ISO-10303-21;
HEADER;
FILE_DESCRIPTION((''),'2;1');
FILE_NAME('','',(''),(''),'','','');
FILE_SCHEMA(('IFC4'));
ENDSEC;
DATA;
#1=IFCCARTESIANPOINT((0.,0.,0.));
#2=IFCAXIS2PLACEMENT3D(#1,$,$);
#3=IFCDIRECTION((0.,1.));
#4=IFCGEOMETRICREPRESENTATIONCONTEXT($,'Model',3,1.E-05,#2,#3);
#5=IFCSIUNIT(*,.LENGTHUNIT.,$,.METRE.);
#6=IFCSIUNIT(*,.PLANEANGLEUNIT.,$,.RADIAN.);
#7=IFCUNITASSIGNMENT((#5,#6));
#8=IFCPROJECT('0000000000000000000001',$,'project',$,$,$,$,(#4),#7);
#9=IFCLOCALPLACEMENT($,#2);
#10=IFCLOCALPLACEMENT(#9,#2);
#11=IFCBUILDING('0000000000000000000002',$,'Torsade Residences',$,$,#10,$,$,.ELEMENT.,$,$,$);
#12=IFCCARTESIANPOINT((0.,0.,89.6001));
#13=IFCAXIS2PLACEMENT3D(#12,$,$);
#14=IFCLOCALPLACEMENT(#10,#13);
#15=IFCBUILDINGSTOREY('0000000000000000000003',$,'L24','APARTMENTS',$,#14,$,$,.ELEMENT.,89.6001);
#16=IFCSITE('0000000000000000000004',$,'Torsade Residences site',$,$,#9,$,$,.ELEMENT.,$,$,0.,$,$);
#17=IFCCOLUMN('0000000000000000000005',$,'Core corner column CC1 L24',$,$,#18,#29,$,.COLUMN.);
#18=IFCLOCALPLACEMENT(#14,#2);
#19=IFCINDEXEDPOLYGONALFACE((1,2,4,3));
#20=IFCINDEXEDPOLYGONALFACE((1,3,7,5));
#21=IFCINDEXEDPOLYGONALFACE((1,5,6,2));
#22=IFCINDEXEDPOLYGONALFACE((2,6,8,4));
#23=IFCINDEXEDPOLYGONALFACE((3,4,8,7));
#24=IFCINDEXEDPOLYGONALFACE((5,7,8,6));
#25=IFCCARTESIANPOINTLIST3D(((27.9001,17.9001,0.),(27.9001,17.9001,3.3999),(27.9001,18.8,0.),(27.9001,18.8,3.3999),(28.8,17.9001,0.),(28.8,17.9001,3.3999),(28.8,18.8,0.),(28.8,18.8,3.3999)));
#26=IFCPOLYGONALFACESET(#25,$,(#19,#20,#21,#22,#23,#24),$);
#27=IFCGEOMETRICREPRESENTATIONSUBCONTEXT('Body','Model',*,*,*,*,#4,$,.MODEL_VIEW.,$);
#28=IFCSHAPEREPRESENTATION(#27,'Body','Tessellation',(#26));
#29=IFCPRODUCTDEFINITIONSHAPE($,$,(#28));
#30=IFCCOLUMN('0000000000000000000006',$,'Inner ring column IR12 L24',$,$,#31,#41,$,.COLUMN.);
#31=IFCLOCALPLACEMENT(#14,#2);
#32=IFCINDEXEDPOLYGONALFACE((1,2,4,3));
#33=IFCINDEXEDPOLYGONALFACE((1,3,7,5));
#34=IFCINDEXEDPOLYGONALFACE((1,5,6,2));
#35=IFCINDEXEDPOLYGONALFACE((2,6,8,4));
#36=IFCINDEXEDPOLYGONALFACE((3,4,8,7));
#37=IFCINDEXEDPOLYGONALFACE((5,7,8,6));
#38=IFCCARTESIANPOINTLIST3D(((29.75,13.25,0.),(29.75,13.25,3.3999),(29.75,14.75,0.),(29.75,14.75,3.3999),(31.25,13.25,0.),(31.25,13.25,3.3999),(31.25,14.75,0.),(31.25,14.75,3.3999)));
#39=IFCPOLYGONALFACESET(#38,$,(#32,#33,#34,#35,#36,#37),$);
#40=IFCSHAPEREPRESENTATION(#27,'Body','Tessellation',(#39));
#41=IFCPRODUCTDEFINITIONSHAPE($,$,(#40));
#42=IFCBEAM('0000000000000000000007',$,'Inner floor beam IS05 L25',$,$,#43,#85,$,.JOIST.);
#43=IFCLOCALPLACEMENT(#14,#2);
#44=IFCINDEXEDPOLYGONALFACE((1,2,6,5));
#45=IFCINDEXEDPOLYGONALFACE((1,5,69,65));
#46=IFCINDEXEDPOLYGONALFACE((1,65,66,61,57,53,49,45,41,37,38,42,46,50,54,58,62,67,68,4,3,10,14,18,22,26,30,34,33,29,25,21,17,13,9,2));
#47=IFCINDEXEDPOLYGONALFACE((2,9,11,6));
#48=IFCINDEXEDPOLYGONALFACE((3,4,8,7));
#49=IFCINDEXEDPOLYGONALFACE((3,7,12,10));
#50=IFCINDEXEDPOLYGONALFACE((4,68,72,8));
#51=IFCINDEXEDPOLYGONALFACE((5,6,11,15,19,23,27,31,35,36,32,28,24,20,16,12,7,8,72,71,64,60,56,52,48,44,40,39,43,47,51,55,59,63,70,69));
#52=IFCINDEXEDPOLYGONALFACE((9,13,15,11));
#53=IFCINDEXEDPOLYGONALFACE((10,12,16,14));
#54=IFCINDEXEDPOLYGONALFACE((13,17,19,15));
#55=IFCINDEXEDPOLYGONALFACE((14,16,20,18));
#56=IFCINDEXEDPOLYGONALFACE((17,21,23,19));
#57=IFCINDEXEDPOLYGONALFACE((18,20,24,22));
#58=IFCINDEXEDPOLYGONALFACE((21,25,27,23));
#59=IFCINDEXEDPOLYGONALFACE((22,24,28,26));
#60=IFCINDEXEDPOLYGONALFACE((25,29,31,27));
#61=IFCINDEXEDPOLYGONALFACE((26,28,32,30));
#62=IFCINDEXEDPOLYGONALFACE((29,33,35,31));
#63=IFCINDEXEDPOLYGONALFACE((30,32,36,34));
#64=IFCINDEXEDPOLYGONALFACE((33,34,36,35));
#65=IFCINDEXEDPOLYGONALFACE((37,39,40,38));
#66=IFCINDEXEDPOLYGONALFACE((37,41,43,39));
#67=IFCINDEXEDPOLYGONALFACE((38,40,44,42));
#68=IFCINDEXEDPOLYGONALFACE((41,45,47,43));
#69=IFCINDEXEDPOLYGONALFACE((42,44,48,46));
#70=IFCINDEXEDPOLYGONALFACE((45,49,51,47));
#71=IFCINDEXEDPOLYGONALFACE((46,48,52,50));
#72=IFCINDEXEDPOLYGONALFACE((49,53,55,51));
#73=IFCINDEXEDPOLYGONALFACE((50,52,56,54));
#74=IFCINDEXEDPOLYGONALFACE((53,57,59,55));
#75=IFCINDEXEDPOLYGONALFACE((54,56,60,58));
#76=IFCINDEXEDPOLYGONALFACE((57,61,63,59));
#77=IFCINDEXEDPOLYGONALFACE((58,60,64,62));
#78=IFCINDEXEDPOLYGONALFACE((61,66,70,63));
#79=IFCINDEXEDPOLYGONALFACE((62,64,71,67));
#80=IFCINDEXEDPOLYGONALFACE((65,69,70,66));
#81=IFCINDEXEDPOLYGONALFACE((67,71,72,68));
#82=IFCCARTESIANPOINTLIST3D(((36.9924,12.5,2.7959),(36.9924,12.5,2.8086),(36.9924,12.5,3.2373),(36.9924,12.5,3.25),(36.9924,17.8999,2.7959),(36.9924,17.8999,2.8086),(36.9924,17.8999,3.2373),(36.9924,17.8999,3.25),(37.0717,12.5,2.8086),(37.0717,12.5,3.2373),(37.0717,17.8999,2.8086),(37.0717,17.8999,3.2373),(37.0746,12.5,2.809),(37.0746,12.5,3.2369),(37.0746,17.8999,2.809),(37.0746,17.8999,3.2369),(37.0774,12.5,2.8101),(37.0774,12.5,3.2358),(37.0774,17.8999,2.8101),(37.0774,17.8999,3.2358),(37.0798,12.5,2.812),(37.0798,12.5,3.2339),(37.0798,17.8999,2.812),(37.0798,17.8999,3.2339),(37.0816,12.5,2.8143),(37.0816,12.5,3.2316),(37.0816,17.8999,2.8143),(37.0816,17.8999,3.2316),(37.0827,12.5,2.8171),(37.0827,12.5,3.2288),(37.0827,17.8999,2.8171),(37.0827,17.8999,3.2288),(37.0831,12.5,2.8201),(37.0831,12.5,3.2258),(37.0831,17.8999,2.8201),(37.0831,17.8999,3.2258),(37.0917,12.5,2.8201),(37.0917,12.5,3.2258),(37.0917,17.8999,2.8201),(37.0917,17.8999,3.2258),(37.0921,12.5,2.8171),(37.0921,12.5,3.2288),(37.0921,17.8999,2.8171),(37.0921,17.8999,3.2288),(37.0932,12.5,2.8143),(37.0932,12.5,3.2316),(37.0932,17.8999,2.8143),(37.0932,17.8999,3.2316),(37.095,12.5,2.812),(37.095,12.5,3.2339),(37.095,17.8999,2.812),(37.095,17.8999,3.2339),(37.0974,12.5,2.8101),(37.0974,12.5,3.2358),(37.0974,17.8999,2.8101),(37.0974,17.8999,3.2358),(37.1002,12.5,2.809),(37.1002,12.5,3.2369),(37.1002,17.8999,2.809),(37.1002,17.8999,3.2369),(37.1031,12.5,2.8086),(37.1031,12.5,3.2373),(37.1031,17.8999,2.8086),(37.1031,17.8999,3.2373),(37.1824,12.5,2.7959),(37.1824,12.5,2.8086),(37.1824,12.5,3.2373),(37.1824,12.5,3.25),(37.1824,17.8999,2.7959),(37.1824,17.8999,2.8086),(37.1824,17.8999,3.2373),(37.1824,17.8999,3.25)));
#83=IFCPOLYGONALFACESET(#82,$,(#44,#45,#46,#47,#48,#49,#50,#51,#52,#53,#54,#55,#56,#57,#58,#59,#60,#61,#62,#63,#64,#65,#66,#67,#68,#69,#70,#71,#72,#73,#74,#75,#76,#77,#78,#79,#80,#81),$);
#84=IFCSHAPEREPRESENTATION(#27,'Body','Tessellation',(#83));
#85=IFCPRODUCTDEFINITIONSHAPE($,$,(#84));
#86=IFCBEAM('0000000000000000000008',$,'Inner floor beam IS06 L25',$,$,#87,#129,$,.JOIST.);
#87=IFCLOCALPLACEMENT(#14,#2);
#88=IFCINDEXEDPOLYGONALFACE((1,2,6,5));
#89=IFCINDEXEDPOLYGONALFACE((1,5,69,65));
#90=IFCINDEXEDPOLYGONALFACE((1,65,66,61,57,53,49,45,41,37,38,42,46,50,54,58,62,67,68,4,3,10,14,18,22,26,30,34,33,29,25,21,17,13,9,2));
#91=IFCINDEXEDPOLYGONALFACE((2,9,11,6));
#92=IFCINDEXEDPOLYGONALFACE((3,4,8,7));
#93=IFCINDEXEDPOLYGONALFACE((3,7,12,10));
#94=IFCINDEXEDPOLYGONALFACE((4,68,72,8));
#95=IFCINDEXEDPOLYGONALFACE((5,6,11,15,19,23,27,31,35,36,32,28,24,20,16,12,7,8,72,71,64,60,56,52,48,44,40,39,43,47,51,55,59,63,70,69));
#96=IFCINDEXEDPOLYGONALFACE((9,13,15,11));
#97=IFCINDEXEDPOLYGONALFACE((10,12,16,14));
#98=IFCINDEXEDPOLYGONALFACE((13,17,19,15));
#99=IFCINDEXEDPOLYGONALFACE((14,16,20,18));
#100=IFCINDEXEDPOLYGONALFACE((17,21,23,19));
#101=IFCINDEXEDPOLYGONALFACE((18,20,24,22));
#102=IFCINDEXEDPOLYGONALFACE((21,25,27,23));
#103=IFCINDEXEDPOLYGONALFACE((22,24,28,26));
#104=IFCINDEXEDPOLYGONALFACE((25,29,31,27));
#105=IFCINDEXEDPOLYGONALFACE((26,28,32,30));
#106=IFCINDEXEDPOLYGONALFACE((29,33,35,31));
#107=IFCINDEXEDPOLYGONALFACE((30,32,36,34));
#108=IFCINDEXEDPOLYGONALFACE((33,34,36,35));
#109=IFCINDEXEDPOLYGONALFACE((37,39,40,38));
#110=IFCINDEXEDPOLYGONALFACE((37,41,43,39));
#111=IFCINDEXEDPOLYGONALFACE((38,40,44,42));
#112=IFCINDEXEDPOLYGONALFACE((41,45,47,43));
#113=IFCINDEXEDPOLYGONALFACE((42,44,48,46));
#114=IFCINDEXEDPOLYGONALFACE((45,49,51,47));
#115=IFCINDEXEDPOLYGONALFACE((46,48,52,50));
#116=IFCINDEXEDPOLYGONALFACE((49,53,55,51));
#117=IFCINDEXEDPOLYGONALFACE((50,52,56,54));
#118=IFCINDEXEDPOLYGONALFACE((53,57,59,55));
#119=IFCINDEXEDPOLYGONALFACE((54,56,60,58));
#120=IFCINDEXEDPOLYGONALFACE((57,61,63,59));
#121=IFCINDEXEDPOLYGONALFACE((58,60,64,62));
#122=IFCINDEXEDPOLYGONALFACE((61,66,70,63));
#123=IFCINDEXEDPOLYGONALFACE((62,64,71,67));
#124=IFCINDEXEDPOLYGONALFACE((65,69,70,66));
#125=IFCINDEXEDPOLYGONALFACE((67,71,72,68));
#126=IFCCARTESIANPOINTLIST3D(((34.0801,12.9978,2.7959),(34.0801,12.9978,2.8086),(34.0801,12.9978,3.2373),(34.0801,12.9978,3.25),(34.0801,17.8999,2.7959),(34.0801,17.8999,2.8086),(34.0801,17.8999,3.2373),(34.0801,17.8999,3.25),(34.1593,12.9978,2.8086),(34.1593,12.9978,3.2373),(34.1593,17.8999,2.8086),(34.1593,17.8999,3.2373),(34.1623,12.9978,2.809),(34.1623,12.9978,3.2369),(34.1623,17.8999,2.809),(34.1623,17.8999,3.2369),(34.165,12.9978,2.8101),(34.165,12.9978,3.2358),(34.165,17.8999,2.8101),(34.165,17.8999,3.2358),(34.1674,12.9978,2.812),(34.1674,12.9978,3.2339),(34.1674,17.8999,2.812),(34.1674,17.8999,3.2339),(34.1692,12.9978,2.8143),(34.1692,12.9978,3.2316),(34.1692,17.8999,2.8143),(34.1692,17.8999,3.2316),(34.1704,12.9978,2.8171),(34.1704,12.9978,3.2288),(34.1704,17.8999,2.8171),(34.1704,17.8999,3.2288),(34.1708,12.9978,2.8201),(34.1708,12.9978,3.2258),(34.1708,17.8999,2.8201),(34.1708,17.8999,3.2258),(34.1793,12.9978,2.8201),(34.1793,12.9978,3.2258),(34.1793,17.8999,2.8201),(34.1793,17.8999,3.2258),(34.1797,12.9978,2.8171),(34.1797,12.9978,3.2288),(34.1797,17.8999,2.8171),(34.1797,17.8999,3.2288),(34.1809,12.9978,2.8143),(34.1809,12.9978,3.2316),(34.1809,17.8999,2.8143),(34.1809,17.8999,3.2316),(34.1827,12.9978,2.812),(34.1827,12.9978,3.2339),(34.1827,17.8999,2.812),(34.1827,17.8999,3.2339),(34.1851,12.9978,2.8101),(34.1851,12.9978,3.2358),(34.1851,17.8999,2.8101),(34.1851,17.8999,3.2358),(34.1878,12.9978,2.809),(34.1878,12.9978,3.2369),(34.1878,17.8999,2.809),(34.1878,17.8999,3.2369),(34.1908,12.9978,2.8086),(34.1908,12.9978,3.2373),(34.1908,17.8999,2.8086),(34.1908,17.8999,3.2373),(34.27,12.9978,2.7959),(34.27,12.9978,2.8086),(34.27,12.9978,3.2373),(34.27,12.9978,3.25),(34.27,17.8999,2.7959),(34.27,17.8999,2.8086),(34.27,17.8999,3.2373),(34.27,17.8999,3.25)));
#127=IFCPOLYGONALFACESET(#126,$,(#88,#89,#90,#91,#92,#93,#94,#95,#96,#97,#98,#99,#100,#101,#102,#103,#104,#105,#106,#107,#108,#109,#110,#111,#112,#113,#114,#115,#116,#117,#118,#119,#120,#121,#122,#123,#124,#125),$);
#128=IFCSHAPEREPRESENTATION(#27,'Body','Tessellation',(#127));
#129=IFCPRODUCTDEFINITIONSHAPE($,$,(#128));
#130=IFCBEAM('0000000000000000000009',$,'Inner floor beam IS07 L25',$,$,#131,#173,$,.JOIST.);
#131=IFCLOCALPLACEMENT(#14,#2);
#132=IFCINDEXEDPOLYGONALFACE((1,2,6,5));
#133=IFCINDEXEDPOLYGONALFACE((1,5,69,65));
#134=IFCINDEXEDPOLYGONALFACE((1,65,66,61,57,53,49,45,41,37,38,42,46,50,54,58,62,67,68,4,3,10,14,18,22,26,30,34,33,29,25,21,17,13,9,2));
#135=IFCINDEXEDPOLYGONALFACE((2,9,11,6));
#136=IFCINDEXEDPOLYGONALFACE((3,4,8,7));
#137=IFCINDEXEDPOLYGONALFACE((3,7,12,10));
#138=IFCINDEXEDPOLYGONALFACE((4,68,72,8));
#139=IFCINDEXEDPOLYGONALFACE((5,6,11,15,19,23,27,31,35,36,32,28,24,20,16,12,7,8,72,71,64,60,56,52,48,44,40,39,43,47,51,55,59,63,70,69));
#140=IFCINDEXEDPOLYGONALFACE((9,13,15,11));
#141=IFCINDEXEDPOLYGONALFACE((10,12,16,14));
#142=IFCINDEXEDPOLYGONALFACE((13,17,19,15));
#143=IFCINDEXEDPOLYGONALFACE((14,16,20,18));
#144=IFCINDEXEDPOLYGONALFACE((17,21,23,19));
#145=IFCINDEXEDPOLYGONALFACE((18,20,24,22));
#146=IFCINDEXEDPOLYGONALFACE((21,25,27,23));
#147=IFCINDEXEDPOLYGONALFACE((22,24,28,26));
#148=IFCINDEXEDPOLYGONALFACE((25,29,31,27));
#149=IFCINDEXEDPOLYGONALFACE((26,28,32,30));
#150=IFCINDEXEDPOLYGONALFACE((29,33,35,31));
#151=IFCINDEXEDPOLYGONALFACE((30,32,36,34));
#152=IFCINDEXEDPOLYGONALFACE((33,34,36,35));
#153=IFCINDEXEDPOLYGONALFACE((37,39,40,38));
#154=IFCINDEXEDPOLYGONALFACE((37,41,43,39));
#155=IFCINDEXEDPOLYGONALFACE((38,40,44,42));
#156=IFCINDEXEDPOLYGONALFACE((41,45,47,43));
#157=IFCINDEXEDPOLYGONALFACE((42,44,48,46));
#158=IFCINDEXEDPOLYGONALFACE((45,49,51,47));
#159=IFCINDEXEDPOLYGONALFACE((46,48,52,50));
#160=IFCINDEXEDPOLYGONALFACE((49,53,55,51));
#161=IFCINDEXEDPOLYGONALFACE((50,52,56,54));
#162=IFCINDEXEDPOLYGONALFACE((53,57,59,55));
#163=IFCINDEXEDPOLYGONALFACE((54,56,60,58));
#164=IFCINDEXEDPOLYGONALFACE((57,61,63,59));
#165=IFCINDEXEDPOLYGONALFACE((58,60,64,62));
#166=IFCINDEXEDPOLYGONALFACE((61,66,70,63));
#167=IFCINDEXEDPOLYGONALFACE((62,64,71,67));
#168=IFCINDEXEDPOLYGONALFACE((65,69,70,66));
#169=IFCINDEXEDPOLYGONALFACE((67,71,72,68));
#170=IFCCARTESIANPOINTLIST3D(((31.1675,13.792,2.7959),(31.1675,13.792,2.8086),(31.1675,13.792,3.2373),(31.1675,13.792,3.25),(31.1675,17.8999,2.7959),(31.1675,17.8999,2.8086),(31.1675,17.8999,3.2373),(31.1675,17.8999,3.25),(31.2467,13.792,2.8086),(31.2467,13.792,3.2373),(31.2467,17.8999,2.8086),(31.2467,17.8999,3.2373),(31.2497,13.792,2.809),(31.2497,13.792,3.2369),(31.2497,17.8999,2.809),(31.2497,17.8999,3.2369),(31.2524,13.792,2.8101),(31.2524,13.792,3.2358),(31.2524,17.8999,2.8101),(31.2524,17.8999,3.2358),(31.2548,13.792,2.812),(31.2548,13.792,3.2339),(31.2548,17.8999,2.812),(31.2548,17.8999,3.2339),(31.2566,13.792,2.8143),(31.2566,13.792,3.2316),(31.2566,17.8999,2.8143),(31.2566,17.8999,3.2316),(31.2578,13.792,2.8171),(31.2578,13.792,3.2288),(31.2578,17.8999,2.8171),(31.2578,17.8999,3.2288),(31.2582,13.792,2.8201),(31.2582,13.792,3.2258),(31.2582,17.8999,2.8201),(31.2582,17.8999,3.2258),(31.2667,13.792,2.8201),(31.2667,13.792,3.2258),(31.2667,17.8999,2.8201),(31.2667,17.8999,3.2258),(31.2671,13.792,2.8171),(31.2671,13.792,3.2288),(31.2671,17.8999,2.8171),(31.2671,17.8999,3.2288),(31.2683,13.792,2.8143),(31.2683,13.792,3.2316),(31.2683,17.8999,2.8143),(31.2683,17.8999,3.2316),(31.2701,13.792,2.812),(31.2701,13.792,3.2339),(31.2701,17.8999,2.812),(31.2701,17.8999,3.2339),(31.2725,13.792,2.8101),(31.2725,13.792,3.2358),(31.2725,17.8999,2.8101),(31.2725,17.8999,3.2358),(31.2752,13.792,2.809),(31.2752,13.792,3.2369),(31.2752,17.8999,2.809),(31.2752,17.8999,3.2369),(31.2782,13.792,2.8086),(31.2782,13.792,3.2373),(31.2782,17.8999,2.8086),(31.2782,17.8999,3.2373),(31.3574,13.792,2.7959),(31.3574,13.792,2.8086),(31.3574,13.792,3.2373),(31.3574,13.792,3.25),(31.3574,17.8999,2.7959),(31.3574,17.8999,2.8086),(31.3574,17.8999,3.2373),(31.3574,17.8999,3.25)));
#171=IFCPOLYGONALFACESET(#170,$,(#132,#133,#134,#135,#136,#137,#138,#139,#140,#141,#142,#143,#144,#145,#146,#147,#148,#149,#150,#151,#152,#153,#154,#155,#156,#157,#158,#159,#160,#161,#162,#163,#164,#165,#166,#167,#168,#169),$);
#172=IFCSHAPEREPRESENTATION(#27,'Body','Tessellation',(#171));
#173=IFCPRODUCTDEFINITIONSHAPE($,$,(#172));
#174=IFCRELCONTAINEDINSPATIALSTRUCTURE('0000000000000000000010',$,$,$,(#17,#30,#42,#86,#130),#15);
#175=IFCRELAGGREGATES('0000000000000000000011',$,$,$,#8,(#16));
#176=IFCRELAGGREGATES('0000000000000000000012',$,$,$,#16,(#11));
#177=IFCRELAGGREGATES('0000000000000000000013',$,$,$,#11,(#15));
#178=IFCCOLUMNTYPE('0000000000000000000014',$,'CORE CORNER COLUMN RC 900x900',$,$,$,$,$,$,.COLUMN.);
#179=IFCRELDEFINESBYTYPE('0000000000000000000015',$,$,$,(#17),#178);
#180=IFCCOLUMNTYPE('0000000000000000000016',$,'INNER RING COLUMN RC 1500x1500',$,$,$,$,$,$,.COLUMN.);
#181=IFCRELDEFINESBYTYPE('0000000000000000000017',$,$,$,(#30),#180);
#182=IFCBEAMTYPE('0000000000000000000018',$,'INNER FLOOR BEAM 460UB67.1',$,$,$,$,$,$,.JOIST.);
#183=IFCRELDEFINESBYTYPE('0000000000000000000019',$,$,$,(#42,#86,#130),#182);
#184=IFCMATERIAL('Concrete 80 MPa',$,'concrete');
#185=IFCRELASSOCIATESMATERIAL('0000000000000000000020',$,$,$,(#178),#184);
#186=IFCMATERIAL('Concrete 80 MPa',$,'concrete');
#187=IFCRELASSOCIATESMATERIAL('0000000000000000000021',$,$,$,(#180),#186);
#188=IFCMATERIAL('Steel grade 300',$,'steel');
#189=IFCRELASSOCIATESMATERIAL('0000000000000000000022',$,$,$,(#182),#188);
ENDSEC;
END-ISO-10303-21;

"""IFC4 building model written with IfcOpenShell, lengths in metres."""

from ifc_helpers import new_model, si_unit, direction, frame, origin, origin_2d, place, context, subcontext, project, spatial, rectangle, i_section, extrude, material, material_profile, profile_set, type_object, element, save


model = new_model("IFC4")

# Units and contexts
model_context = context("Model", 3, precision=1e-05, world=origin(), true_north=direction((0.0, 1.0)))
body_context = subcontext(model_context, "Body", "Model", "MODEL_VIEW")
ifc_project = project(units=[si_unit("LENGTHUNIT", "METRE"), si_unit("PLANEANGLEUNIT", "RADIAN")], contexts=[model_context])

# Site, building, storey
site_placement = place(None, origin())
site = spatial("IfcSite", under=ifc_project, at=site_placement, Name="Torsade Residences site", CompositionType="ELEMENT", RefElevation=0.0)
building_placement = place(site_placement, origin())
building = spatial("IfcBuilding", under=site, at=building_placement, Name="Torsade Residences", CompositionType="ELEMENT")
storey_placement = place(building_placement, frame((0.0, 0.0, 89.6001)))
storey = spatial("IfcBuildingStorey", under=building, at=storey_placement, Name="L24", Description="APARTMENTS", CompositionType="ELEMENT", Elevation=89.6001)

# Columns
ifc_material_1 = material(Name="Concrete 80 MPa", Category="concrete")
ifc_material_profile_1 = material_profile(ifc_material_1, rectangle(XDim=0.8999, YDim=0.8999, at=origin_2d()), Name="RC 900x900")
ifc_profile_set_1 = profile_set([ifc_material_profile_1], Name="Concrete 80 MPa")
column_type_1 = type_object("IfcColumnType", Name="CORE CORNER COLUMN RC 900x900", PredefinedType="COLUMN", material=ifc_profile_set_1)
column_1_placement = place(storey_placement, frame((28.3501, 18.3501, 0.0), z_axis=(0.0, 0.0, 1.0), x_axis=(1.0, 0.0, 0.0)))
element("IfcColumn", 1, at=column_1_placement, inside=storey, type_object=column_type_1, Name="Core corner column CC1 L24", PredefinedType="COLUMN", context=body_context, shape_type="SweptSolid", body=[
    extrude(rectangle(XDim=0.8999, YDim=0.8999, at=origin_2d()), origin(), (0.0, 0.0, 1.0), 3.3999),
])
ifc_material_2 = material(Name="Concrete 80 MPa", Category="concrete")
ifc_material_profile_2 = material_profile(ifc_material_2, rectangle(XDim=1.5, YDim=1.5, at=origin_2d()), Name="RC 1500x1500")
ifc_profile_set_2 = profile_set([ifc_material_profile_2], Name="Concrete 80 MPa")
column_type_2 = type_object("IfcColumnType", Name="INNER RING COLUMN RC 1500x1500", PredefinedType="COLUMN", material=ifc_profile_set_2)
column_2_placement = place(storey_placement, frame((30.5, 14.0, 0.0), z_axis=(0.0, 0.0, 1.0), x_axis=(1.0, 0.0, 0.0)))
element("IfcColumn", 2, at=column_2_placement, inside=storey, type_object=column_type_2, Name="Inner ring column IR12 L24", PredefinedType="COLUMN", context=body_context, shape_type="SweptSolid", body=[
    extrude(rectangle(XDim=1.5, YDim=1.5, at=origin_2d()), origin(), (0.0, 0.0, 1.0), 3.3999),
])

# Beams
ifc_material_3 = material(Name="Steel grade 300", Category="steel")
ifc_material_profile_3 = material_profile(ifc_material_3, i_section(OverallWidth=0.1899, OverallDepth=0.4541, WebThickness=0.0085, FlangeThickness=0.0127, FilletRadius=0.0115, at=origin_2d()), Name="460UB67.1")
ifc_profile_set_3 = profile_set([ifc_material_profile_3], Name="Steel grade 300")
beam_type_1 = type_object("IfcBeamType", Name="INNER FLOOR BEAM 460UB67.1", PredefinedType="JOIST", material=ifc_profile_set_3)
beam_1_placement = place(storey_placement, frame((37.0874, 17.8999, 3.0229), z_axis=(0.0, -1.0, 0.0), x_axis=(1.0, 0.0, 0.0)))
element("IfcBeam", 3, at=beam_1_placement, inside=storey, type_object=beam_type_1, Name="Inner floor beam IS05 L25", PredefinedType="JOIST", context=body_context, shape_type="SweptSolid", body=[
    extrude(i_section(OverallWidth=0.1899, OverallDepth=0.4541, WebThickness=0.0085, FlangeThickness=0.0127, FilletRadius=0.0115, at=origin_2d()), origin(), (0.0, 0.0, 1.0), 5.3999),
])
beam_2_placement = place(storey_placement, frame((34.175, 17.8999, 3.0229), z_axis=(0.0, -1.0, 0.0), x_axis=(1.0, 0.0, 0.0)))
element("IfcBeam", 4, at=beam_2_placement, inside=storey, type_object=beam_type_1, Name="Inner floor beam IS06 L25", PredefinedType="JOIST", context=body_context, shape_type="SweptSolid", body=[
    extrude(i_section(OverallWidth=0.1899, OverallDepth=0.4541, WebThickness=0.0085, FlangeThickness=0.0127, FilletRadius=0.0115, at=origin_2d()), origin(), (0.0, 0.0, 1.0), 4.9021),
])
beam_3_placement = place(storey_placement, frame((31.2625, 17.8999, 3.0229), z_axis=(0.0, -1.0, 0.0), x_axis=(1.0, 0.0, 0.0)))
element("IfcBeam", 5, at=beam_3_placement, inside=storey, type_object=beam_type_1, Name="Inner floor beam IS07 L25", PredefinedType="JOIST", context=body_context, shape_type="SweptSolid", body=[
    extrude(i_section(OverallWidth=0.1899, OverallDepth=0.4541, WebThickness=0.0085, FlangeThickness=0.0127, FilletRadius=0.0115, at=origin_2d()), origin(), (0.0, 0.0, 1.0), 4.1079),
])

save(model, "model.ifc")
